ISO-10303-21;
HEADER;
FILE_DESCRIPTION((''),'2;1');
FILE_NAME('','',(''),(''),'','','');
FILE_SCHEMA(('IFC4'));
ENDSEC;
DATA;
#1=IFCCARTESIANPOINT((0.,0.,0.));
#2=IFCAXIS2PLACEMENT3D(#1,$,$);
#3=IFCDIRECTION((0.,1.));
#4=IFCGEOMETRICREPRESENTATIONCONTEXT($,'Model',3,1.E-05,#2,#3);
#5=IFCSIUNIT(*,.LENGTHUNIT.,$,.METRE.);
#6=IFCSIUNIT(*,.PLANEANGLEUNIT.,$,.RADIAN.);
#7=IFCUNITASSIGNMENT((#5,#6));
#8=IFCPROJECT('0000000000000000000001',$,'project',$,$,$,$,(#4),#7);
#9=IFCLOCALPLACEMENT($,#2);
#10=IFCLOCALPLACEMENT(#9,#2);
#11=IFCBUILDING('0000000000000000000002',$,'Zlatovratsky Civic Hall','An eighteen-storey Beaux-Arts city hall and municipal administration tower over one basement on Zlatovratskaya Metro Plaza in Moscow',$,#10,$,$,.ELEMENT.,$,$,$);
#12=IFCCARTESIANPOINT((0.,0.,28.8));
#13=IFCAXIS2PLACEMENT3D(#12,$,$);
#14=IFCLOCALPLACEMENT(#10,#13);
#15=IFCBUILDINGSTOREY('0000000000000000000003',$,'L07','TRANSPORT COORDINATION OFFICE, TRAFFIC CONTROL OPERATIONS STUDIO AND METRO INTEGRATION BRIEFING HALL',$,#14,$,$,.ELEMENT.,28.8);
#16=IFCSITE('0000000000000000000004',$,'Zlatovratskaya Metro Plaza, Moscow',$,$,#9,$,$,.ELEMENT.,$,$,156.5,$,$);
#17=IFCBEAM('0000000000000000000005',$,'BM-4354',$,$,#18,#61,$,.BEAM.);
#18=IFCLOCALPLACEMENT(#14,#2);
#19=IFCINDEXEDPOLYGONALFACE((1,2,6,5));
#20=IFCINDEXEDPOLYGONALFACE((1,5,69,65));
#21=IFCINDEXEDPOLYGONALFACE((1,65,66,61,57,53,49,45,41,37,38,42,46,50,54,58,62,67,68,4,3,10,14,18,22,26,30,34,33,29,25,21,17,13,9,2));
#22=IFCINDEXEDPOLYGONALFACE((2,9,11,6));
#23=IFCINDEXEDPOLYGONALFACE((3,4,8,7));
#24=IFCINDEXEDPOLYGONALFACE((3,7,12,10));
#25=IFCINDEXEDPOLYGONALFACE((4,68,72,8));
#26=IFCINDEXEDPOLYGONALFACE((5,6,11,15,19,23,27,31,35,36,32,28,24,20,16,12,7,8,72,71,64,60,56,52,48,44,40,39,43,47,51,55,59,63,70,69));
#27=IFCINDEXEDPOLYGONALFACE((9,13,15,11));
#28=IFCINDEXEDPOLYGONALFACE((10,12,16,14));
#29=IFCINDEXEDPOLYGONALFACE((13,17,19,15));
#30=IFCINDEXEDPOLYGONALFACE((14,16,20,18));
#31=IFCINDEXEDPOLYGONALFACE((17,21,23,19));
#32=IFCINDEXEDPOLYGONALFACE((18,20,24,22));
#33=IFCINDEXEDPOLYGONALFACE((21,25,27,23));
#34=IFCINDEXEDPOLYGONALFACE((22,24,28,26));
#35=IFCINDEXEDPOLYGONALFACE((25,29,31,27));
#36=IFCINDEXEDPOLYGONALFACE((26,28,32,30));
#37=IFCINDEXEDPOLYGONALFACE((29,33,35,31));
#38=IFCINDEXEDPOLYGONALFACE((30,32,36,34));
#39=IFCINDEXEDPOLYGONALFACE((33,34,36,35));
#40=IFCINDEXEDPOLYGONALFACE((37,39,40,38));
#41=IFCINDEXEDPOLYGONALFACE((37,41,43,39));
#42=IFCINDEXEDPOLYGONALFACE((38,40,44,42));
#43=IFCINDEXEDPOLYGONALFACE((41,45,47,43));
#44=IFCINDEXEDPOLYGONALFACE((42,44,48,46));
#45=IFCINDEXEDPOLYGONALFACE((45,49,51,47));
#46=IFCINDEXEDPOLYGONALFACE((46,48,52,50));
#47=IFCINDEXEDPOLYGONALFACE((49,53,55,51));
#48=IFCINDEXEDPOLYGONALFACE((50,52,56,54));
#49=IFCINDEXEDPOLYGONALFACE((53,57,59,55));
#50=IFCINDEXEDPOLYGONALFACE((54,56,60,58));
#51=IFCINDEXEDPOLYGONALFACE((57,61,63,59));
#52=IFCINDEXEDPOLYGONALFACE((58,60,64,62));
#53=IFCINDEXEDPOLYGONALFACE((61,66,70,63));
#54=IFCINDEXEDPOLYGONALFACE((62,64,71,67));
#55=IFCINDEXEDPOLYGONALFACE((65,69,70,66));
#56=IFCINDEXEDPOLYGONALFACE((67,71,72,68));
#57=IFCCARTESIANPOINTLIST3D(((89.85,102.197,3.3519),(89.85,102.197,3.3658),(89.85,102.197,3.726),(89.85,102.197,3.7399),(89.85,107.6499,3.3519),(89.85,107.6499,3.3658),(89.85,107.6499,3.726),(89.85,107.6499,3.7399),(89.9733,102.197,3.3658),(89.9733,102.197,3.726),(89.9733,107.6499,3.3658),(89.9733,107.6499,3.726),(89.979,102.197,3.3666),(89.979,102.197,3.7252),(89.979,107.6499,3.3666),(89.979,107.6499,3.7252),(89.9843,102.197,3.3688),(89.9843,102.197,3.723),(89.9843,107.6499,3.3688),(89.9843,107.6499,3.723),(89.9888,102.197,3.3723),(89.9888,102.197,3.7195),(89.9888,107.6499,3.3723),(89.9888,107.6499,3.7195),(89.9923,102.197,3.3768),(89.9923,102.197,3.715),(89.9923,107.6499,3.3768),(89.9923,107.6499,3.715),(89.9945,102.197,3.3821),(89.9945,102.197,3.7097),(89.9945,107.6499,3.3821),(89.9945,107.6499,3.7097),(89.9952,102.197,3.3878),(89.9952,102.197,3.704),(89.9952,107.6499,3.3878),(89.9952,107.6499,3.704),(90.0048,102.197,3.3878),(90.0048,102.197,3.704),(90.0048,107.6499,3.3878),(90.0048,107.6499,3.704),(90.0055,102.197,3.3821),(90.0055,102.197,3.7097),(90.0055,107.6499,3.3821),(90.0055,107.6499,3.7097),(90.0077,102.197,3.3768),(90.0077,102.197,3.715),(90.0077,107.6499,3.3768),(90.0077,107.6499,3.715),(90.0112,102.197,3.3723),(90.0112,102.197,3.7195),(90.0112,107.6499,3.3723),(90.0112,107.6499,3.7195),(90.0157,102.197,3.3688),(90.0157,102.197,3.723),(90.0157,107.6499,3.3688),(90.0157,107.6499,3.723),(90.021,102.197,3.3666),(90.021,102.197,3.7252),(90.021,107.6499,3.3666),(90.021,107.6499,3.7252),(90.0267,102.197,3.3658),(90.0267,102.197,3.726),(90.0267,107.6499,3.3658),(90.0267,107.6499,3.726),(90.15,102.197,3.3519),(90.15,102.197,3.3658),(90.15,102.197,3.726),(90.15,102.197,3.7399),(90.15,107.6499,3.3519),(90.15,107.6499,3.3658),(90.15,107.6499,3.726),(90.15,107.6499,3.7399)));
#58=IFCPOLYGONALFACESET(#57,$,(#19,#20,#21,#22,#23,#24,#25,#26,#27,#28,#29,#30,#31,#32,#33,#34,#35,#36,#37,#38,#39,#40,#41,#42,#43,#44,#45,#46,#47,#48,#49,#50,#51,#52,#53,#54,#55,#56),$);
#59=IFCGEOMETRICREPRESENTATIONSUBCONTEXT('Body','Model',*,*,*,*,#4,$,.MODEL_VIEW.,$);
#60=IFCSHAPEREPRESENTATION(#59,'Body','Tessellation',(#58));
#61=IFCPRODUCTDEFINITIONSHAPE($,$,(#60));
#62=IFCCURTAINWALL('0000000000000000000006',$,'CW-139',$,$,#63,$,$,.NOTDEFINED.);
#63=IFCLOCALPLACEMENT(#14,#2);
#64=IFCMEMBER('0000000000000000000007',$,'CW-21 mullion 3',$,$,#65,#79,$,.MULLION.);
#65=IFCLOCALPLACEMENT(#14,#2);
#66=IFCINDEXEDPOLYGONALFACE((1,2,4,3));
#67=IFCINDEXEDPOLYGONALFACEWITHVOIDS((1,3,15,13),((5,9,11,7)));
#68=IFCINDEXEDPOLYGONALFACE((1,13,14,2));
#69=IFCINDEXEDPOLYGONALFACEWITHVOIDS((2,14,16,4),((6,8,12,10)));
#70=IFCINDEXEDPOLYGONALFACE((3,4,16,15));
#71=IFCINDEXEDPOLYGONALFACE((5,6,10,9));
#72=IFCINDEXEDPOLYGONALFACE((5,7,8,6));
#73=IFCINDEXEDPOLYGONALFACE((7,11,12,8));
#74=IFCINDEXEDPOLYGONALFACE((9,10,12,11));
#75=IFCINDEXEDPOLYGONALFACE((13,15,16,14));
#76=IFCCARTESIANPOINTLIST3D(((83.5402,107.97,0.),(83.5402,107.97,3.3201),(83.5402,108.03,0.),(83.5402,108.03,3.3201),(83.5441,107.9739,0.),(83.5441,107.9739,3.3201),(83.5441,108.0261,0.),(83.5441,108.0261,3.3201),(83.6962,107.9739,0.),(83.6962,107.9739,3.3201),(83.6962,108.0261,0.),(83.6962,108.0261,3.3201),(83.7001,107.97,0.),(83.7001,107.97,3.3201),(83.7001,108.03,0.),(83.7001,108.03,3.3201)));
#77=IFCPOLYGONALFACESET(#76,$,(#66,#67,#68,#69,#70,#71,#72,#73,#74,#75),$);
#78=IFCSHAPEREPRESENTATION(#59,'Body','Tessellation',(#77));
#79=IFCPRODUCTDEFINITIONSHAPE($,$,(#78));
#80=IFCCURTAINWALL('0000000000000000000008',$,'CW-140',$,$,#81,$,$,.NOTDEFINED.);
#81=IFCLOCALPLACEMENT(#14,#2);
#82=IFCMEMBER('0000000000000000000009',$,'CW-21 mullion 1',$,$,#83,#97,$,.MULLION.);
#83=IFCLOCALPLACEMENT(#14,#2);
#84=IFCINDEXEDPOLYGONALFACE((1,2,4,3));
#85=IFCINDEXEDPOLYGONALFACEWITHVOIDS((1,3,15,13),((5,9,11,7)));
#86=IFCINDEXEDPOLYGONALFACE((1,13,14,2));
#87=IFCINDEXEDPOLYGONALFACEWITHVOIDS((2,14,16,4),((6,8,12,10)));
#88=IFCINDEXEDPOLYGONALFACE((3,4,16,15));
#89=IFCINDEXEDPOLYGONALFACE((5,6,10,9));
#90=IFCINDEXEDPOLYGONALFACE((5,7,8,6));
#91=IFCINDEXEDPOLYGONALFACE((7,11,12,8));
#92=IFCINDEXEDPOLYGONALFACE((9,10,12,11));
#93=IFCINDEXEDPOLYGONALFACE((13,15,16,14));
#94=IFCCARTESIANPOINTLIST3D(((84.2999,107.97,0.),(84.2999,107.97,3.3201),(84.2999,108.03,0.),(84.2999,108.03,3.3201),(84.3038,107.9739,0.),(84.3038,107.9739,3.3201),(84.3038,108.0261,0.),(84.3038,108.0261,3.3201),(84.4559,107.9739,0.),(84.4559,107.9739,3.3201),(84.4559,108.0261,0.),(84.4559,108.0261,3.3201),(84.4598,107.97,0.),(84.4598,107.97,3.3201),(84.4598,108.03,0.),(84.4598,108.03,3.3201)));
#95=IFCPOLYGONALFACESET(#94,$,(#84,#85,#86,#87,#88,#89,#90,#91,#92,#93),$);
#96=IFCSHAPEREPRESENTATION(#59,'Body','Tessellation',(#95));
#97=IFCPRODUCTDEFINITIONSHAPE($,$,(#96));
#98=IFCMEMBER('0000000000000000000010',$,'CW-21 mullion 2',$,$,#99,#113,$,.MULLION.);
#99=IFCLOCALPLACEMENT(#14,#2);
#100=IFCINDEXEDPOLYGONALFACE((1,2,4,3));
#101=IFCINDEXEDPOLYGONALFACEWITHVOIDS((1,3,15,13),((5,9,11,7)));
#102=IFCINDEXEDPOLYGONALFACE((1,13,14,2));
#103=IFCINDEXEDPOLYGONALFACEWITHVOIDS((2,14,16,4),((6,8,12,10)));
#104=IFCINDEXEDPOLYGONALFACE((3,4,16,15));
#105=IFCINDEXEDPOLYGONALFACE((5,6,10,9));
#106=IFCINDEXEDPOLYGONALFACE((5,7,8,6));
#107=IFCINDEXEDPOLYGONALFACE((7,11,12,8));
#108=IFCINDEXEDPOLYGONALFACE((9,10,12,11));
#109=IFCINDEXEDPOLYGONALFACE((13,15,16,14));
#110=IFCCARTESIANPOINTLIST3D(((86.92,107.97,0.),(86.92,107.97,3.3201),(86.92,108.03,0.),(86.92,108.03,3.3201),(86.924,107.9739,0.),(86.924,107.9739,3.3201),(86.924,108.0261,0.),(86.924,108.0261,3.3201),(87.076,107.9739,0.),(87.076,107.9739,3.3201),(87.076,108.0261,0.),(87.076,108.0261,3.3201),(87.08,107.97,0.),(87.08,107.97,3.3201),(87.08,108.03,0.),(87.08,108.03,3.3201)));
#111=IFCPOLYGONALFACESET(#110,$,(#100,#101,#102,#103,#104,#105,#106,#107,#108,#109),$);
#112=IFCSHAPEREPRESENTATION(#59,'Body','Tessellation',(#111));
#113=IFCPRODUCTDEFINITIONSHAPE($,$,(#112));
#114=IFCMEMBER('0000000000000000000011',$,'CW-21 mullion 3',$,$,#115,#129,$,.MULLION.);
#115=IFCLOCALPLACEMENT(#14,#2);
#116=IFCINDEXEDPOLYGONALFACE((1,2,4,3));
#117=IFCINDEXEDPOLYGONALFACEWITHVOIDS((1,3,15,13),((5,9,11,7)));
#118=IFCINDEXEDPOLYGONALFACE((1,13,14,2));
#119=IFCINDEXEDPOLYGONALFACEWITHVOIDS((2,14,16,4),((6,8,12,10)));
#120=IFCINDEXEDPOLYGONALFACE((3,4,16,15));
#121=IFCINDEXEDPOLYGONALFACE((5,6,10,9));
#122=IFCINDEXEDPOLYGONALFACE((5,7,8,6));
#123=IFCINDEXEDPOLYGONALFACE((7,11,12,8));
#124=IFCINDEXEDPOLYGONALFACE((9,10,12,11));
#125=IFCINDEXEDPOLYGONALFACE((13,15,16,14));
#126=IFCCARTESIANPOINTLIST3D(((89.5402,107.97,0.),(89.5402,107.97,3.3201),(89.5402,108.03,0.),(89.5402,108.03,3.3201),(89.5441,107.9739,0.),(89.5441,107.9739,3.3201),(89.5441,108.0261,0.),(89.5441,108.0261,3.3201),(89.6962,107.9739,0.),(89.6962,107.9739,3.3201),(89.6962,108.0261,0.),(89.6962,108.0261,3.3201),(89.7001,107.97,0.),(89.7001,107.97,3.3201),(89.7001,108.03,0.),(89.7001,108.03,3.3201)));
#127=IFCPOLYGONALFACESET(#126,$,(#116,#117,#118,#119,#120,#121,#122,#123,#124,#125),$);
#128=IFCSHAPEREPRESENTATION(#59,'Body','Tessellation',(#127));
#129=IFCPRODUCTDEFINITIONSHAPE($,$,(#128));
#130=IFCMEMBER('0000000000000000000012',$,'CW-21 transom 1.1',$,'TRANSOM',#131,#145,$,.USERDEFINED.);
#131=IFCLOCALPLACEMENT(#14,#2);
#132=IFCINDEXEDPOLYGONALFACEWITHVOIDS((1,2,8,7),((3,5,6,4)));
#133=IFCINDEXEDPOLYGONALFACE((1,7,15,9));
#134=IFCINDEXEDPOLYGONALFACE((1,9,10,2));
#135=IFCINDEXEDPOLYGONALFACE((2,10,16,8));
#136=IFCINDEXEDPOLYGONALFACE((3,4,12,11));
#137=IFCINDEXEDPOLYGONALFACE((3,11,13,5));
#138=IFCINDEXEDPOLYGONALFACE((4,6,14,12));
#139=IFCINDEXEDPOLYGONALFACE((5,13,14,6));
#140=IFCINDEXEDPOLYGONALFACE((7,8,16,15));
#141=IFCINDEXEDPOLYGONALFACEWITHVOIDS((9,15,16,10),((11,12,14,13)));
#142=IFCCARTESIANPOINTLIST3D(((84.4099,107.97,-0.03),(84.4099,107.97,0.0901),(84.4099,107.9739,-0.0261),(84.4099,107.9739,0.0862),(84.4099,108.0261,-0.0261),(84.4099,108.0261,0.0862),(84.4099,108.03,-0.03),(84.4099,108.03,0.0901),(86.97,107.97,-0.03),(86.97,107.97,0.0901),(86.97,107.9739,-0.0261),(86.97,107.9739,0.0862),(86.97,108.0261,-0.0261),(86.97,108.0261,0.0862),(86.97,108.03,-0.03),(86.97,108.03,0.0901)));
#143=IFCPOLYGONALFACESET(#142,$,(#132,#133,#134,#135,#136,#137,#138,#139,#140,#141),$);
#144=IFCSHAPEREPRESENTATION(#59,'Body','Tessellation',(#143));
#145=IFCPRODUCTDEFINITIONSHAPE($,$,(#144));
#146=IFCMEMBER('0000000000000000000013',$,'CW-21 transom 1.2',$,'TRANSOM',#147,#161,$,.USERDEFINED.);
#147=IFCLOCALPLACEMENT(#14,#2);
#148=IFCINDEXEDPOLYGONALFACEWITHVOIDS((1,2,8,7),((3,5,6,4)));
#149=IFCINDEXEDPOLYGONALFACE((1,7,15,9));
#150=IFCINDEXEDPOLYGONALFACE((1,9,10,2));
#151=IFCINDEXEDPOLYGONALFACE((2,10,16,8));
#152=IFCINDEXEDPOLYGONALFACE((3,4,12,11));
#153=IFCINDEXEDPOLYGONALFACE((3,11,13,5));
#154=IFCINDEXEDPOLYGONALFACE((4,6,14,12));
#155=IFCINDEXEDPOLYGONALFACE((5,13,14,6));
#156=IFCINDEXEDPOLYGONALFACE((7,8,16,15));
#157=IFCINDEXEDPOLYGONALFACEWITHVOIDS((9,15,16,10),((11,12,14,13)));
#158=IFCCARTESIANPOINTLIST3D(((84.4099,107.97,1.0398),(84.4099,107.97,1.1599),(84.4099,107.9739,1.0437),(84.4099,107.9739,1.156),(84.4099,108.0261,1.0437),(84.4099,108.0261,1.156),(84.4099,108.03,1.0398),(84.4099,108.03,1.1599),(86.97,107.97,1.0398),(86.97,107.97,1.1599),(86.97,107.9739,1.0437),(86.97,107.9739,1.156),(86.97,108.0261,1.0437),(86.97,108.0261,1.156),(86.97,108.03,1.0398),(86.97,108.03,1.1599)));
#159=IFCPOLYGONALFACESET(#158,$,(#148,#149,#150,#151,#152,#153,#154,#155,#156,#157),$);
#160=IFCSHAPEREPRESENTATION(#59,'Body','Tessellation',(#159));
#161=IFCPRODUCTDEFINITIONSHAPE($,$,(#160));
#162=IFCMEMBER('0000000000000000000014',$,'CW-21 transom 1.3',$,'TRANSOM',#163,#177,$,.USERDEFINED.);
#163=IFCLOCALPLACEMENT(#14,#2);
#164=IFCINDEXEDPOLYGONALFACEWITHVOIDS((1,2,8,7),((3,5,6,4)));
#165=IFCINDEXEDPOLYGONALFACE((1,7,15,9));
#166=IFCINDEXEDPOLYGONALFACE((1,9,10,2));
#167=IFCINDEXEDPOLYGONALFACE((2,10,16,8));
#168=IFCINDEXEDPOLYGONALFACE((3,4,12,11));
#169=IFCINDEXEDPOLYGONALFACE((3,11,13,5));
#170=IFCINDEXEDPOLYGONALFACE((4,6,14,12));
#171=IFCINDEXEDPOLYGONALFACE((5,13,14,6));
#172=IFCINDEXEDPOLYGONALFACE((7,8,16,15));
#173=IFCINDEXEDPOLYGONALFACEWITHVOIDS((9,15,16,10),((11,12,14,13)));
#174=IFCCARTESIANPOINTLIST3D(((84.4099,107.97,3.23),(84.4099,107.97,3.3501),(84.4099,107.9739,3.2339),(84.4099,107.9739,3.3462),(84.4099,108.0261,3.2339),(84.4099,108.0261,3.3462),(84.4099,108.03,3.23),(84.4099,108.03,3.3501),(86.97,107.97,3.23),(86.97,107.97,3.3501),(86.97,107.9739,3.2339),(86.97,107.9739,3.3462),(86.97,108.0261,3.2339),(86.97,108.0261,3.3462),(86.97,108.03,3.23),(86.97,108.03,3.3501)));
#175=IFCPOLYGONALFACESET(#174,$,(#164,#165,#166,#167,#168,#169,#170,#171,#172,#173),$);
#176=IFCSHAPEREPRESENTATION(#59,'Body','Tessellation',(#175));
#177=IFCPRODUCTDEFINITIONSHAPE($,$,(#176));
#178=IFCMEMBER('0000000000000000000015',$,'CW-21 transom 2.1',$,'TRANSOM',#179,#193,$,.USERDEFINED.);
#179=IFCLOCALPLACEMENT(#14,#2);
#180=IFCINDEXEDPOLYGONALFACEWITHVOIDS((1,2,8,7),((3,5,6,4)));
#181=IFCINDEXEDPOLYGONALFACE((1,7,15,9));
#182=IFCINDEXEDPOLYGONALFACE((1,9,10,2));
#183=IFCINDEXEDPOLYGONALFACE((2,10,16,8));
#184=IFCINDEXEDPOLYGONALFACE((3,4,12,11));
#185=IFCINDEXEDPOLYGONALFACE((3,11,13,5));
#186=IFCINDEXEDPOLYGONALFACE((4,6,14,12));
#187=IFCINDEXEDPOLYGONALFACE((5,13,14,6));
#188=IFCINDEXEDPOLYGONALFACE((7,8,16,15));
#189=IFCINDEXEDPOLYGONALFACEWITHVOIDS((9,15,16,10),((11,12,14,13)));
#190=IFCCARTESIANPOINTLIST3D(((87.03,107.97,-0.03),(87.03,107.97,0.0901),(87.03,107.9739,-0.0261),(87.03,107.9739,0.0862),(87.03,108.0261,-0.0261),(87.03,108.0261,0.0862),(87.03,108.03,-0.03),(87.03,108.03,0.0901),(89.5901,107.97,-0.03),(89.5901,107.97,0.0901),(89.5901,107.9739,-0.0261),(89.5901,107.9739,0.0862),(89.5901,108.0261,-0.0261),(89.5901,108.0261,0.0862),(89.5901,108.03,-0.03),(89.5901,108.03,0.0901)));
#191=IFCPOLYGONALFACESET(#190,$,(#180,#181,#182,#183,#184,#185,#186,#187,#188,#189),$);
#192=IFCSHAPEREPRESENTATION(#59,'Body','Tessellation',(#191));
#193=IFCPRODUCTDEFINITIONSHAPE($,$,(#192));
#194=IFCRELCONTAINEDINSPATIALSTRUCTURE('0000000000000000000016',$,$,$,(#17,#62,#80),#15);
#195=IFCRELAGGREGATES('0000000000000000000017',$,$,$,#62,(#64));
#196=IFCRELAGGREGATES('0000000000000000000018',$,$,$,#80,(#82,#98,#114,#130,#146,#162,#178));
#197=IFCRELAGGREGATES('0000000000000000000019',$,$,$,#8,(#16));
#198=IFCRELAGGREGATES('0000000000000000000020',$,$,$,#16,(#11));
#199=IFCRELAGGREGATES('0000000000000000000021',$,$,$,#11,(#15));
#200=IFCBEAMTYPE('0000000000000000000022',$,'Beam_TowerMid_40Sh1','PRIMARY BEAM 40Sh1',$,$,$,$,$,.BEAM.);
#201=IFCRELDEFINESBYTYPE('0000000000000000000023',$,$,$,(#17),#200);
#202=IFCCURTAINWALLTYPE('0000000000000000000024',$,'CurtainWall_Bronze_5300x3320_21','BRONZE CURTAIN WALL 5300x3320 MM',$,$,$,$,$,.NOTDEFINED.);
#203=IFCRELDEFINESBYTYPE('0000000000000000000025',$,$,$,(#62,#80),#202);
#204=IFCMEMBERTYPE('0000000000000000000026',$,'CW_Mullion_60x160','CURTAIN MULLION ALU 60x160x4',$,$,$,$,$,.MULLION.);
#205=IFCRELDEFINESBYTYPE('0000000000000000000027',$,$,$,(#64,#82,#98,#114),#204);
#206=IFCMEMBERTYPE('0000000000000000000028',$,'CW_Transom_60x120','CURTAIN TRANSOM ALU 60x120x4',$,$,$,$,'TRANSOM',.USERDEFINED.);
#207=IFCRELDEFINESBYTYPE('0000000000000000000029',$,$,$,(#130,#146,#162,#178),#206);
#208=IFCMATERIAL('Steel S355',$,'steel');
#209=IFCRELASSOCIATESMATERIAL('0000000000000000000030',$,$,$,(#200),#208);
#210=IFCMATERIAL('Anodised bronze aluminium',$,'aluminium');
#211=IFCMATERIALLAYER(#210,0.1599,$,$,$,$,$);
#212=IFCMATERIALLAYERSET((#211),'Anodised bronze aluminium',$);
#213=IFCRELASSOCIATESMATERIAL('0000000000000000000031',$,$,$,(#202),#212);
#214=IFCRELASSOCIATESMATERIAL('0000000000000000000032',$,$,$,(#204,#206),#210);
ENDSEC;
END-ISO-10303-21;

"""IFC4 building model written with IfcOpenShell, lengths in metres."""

from ifc_helpers import new_model, si_unit, direction, frame, origin, origin_2d, place, context, subcontext, project, spatial, hollow_rectangle, i_section, extrude, material, layer, layer_set, material_profile, profile_set, type_object, element, aggregate, save


model = new_model("IFC4")

# Units and contexts
model_context = context("Model", 3, precision=1e-05, world=origin(), true_north=direction((0.0, 1.0)))
body_context = subcontext(model_context, "Body", "Model", "MODEL_VIEW")
ifc_project = project(units=[si_unit("LENGTHUNIT", "METRE"), si_unit("PLANEANGLEUNIT", "RADIAN")], contexts=[model_context])

# Site, building, storey
site_placement = place(None, origin())
site = spatial("IfcSite", under=ifc_project, at=site_placement, Name="Zlatovratskaya Metro Plaza, Moscow", CompositionType="ELEMENT", RefElevation=156.5)
building_placement = place(site_placement, origin())
building = spatial("IfcBuilding", under=site, at=building_placement, Name="Zlatovratsky Civic Hall", Description="An eighteen-storey Beaux-Arts city hall and municipal administration tower over one basement on Zlatovratskaya Metro Plaza in Moscow", CompositionType="ELEMENT")
storey_placement = place(building_placement, frame((0.0, 0.0, 28.8)))
storey = spatial("IfcBuildingStorey", under=building, at=storey_placement, Name="L07", Description="TRANSPORT COORDINATION OFFICE, TRAFFIC CONTROL OPERATIONS STUDIO AND METRO INTEGRATION BRIEFING HALL", CompositionType="ELEMENT", Elevation=28.8)

# Shared definitions
ifc_material_1 = material(Name="Steel S355", Category="steel")

# Beam
ifc_material_profile_1 = material_profile(ifc_material_1, i_section(OverallWidth=0.3, OverallDepth=0.3879, WebThickness=0.0095, FlangeThickness=0.0139, FilletRadius=0.022, at=origin_2d()), Name="40Sh1")
ifc_profile_set_1 = profile_set([ifc_material_profile_1], Name="Steel S355")
beam_type_1 = type_object("IfcBeamType", Name="Beam_TowerMid_40Sh1", Description="PRIMARY BEAM 40Sh1", PredefinedType="BEAM", material=ifc_profile_set_1)
for number, where, z_axis, x_axis, name in (
    (1, (90.0, 102.197, 3.5459), (0.0, 1.0, 0.0), (-1.0, 0.0, 0.0), "BM-4354"),
):
    element("IfcBeam", number, at=place(storey_placement, frame(where, z_axis=z_axis, x_axis=x_axis)), inside=storey, type_object=beam_type_1, Name=name, PredefinedType="BEAM", context=body_context, shape_type="SweptSolid", body=[
        extrude(i_section(OverallWidth=0.3, OverallDepth=0.3879, WebThickness=0.0095, FlangeThickness=0.0139, FilletRadius=0.022, at=origin_2d()), origin(), (0.0, 0.0, 1.0), 5.4529),
    ])

# Curtain wall, member
ifc_material_2 = material(Name="Anodised bronze aluminium", Category="aluminium")
ifc_layer_1 = layer(ifc_material_2, 0.1599)
ifc_layer_set_1 = layer_set([ifc_layer_1], Name="Anodised bronze aluminium")
curtain_wall_type = type_object("IfcCurtainWallType", Name="CurtainWall_Bronze_5300x3320_21", Description="BRONZE CURTAIN WALL 5300x3320 MM", PredefinedType="NOTDEFINED", material=ifc_layer_set_1)
curtain_wall_1_placement = place(storey_placement, origin())
curtain_wall_1 = element("IfcCurtainWall", 2, at=curtain_wall_1_placement, inside=storey, type_object=curtain_wall_type, Name="CW-139", PredefinedType="NOTDEFINED")
ifc_material_profile_2 = material_profile(ifc_material_2, hollow_rectangle(XDim=0.0601, YDim=0.1599, WallThickness=0.0039, at=origin_2d()), Name="ALU 60x160x4")
ifc_profile_set_2 = profile_set([ifc_material_profile_2], Name="Anodised bronze aluminium")
member_type_1 = type_object("IfcMemberType", Name="CW_Mullion_60x160", Description="CURTAIN MULLION ALU 60x160x4", PredefinedType="MULLION", material=ifc_profile_set_2)
member_1_placement = place(storey_placement, frame((83.6201, 108.0, 0.0), z_axis=(0.0, 0.0, 1.0), x_axis=(0.0, 1.0, 0.0)))
member_1 = element("IfcMember", 3, at=member_1_placement, type_object=member_type_1, Name="CW-21 mullion 3", PredefinedType="MULLION", context=body_context, shape_type="SweptSolid", body=[
    extrude(hollow_rectangle(XDim=0.0601, YDim=0.1599, WallThickness=0.0039, at=origin_2d()), origin(), (0.0, 0.0, 1.0), 3.3201),
])
aggregate(curtain_wall_1, [member_1])

# Curtain wall, members
curtain_wall_2_placement = place(storey_placement, origin())
curtain_wall_2 = element("IfcCurtainWall", 4, at=curtain_wall_2_placement, inside=storey, type_object=curtain_wall_type, Name="CW-140", PredefinedType="NOTDEFINED")
member_2_placement = place(storey_placement, frame((84.3799, 108.0, 0.0), z_axis=(0.0, 0.0, 1.0), x_axis=(0.0, 1.0, 0.0)))
member_2 = element("IfcMember", 5, at=member_2_placement, type_object=member_type_1, Name="CW-21 mullion 1", PredefinedType="MULLION", context=body_context, shape_type="SweptSolid", body=[
    extrude(hollow_rectangle(XDim=0.0601, YDim=0.1599, WallThickness=0.0039, at=origin_2d()), origin(), (0.0, 0.0, 1.0), 3.3201),
])
member_3_placement = place(storey_placement, frame((87.0, 108.0, 0.0), z_axis=(0.0, 0.0, 1.0), x_axis=(0.0, 1.0, 0.0)))
member_3 = element("IfcMember", 6, at=member_3_placement, type_object=member_type_1, Name="CW-21 mullion 2", PredefinedType="MULLION", context=body_context, shape_type="SweptSolid", body=[
    extrude(hollow_rectangle(XDim=0.0601, YDim=0.1599, WallThickness=0.0039, at=origin_2d()), origin(), (0.0, 0.0, 1.0), 3.3201),
])
member_4_placement = place(storey_placement, frame((89.6201, 108.0, 0.0), z_axis=(0.0, 0.0, 1.0), x_axis=(0.0, 1.0, 0.0)))
member_4 = element("IfcMember", 7, at=member_4_placement, type_object=member_type_1, Name="CW-21 mullion 3", PredefinedType="MULLION", context=body_context, shape_type="SweptSolid", body=[
    extrude(hollow_rectangle(XDim=0.0601, YDim=0.1599, WallThickness=0.0039, at=origin_2d()), origin(), (0.0, 0.0, 1.0), 3.3201),
])
ifc_material_profile_3 = material_profile(ifc_material_2, hollow_rectangle(XDim=0.0601, YDim=0.1201, WallThickness=0.0039, at=origin_2d()), Name="ALU 60x120x4")
ifc_profile_set_3 = profile_set([ifc_material_profile_3], Name="Anodised bronze aluminium")
member_type_2 = type_object("IfcMemberType", Name="CW_Transom_60x120", Description="CURTAIN TRANSOM ALU 60x120x4", ElementType="TRANSOM", PredefinedType="USERDEFINED", material=ifc_profile_set_3)
member_5_placement = place(storey_placement, frame((84.4099, 108.0, 0.03), z_axis=(1.0, 0.0, 0.0), x_axis=(0.0, 1.0, 0.0)))
member_5 = element("IfcMember", 8, at=member_5_placement, type_object=member_type_2, Name="CW-21 transom 1.1", ObjectType="TRANSOM", PredefinedType="USERDEFINED", context=body_context, shape_type="SweptSolid", body=[
    extrude(hollow_rectangle(XDim=0.0601, YDim=0.1201, WallThickness=0.0039, at=origin_2d()), origin(), (0.0, 0.0, 1.0), 2.5601),
])
member_6_placement = place(storey_placement, frame((84.4099, 108.0, 1.0999), z_axis=(1.0, 0.0, 0.0), x_axis=(0.0, 1.0, 0.0)))
member_6 = element("IfcMember", 9, at=member_6_placement, type_object=member_type_2, Name="CW-21 transom 1.2", ObjectType="TRANSOM", PredefinedType="USERDEFINED", context=body_context, shape_type="SweptSolid", body=[
    extrude(hollow_rectangle(XDim=0.0601, YDim=0.1201, WallThickness=0.0039, at=origin_2d()), origin(), (0.0, 0.0, 1.0), 2.5601),
])
member_7_placement = place(storey_placement, frame((84.4099, 108.0, 3.29), z_axis=(1.0, 0.0, 0.0), x_axis=(0.0, 1.0, 0.0)))
member_7 = element("IfcMember", 10, at=member_7_placement, type_object=member_type_2, Name="CW-21 transom 1.3", ObjectType="TRANSOM", PredefinedType="USERDEFINED", context=body_context, shape_type="SweptSolid", body=[
    extrude(hollow_rectangle(XDim=0.0601, YDim=0.1201, WallThickness=0.0039, at=origin_2d()), origin(), (0.0, 0.0, 1.0), 2.5601),
])
member_8_placement = place(storey_placement, frame((87.03, 108.0, 0.03), z_axis=(1.0, 0.0, 0.0), x_axis=(0.0, 1.0, 0.0)))
member_8 = element("IfcMember", 11, at=member_8_placement, type_object=member_type_2, Name="CW-21 transom 2.1", ObjectType="TRANSOM", PredefinedType="USERDEFINED", context=body_context, shape_type="SweptSolid", body=[
    extrude(hollow_rectangle(XDim=0.0601, YDim=0.1201, WallThickness=0.0039, at=origin_2d()), origin(), (0.0, 0.0, 1.0), 2.5601),
])
aggregate(curtain_wall_2, [member_2, member_3, member_4, member_5, member_6, member_7, member_8])

save(model, "model.ifc")
